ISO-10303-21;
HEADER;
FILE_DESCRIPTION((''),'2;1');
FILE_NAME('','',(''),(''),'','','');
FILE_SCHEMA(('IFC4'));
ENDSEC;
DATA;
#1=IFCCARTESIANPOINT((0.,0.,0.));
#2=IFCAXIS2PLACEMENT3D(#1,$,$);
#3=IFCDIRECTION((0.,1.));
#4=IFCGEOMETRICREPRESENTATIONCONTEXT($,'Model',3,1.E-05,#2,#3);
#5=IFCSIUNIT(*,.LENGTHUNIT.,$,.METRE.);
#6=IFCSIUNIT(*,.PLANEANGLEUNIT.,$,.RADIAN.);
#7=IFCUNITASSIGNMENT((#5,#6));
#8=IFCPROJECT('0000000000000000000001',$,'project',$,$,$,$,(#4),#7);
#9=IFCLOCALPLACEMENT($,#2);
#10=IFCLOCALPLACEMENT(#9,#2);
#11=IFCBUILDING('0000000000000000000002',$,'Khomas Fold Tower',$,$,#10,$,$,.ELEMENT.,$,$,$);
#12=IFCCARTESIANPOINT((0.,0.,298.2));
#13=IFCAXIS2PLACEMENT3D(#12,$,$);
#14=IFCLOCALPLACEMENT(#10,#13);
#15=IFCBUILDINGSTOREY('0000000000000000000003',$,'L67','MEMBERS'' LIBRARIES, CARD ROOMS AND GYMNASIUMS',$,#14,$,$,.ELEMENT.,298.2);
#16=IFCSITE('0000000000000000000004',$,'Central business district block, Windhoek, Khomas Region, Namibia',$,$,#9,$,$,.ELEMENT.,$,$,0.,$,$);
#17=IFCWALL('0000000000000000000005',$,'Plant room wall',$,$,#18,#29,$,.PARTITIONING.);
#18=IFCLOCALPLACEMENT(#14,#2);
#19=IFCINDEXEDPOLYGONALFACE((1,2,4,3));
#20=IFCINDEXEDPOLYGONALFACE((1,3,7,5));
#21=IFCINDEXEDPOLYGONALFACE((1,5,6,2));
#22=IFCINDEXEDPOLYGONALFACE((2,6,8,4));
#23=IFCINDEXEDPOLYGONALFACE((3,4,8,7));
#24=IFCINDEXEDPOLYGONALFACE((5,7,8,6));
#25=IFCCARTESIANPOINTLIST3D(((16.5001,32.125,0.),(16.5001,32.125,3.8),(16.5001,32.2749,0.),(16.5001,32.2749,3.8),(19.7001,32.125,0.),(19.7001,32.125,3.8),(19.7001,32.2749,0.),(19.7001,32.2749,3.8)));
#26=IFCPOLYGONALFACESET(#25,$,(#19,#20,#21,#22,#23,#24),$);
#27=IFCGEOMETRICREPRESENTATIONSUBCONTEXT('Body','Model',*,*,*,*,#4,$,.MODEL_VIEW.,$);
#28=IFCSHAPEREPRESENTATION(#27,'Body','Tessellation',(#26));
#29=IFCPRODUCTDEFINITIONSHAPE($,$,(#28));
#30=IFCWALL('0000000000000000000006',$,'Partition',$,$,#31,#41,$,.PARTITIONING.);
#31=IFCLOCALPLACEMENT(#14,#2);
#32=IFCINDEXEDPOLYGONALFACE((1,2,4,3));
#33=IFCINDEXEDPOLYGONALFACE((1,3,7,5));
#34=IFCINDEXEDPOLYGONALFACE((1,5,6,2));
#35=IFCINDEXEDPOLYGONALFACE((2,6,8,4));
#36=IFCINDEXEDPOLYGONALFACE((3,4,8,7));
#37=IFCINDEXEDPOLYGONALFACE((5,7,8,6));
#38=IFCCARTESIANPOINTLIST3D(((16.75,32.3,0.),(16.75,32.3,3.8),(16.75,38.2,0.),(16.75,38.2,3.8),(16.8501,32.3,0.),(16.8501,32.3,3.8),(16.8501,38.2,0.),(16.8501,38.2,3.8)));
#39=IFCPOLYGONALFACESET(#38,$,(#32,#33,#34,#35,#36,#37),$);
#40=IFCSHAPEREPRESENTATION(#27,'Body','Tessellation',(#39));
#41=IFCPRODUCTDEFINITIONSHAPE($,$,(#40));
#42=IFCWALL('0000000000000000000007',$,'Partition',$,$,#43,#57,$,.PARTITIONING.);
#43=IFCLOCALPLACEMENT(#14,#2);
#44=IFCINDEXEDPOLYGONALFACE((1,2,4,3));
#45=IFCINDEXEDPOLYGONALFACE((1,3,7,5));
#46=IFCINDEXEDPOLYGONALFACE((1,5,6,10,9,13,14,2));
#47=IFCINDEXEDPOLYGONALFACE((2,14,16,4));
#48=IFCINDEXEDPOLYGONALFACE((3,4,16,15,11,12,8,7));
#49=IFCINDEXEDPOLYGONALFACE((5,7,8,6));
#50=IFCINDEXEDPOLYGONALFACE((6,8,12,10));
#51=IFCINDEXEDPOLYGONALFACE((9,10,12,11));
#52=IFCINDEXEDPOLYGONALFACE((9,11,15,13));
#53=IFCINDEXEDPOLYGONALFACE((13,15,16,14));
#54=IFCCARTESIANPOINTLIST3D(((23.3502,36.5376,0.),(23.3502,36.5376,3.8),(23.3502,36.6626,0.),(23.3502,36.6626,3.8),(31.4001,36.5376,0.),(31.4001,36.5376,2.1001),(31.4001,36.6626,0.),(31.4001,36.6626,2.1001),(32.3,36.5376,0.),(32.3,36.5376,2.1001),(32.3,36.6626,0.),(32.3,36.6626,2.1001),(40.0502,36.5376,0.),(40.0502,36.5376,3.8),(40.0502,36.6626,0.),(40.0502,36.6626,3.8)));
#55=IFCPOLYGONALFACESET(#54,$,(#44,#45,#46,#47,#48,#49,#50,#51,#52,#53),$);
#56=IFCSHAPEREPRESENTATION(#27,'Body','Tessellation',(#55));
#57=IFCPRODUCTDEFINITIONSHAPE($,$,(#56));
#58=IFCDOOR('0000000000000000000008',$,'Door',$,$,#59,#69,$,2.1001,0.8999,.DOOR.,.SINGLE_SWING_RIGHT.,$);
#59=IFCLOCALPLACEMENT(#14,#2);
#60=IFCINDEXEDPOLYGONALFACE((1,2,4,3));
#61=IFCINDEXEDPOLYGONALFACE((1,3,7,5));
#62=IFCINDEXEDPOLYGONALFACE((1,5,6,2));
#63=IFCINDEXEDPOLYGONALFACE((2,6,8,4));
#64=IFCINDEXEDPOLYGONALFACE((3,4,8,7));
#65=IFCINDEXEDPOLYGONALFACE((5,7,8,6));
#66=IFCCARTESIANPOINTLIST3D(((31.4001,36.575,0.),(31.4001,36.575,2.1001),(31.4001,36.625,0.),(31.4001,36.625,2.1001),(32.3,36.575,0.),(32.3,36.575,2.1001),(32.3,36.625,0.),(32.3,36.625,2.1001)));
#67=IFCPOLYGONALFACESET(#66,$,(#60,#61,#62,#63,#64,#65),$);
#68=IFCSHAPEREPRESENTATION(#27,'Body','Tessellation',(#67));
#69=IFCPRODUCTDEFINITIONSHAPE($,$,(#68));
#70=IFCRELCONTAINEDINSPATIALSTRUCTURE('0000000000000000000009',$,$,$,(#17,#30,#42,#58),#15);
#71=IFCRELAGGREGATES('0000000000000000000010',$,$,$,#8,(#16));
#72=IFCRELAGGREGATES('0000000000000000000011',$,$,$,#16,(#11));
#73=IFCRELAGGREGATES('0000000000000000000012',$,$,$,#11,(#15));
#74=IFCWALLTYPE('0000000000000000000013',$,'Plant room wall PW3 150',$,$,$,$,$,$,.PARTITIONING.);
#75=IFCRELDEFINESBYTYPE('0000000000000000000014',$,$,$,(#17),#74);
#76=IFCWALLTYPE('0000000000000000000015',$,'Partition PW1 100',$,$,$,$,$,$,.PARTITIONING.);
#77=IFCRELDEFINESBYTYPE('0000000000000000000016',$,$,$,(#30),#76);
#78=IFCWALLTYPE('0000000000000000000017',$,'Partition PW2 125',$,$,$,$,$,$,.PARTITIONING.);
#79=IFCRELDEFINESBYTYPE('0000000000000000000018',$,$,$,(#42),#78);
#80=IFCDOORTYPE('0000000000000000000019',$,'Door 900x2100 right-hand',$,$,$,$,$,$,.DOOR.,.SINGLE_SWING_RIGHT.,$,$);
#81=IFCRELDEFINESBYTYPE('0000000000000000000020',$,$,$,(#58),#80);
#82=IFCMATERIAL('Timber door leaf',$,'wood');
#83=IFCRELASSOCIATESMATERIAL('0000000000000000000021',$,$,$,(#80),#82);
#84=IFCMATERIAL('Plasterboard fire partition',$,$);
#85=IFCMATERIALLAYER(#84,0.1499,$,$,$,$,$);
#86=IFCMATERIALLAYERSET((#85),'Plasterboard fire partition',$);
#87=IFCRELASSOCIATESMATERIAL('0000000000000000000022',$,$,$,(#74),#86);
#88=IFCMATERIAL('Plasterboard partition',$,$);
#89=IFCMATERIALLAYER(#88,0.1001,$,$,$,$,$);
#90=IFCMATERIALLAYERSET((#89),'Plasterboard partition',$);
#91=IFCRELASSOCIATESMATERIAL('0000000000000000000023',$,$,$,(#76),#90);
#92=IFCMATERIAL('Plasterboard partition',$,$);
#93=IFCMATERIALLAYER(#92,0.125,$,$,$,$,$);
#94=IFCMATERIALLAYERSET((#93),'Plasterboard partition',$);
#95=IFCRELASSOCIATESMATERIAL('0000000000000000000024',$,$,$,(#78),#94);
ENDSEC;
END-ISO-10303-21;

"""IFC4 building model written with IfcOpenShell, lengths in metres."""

from ifc_helpers import new_model, si_unit, direction, frame, frame_2d, origin, place, context, subcontext, project, spatial, rectangle, extrude, source, transform, mapped, material, layer, layer_set, type_object, element, fill, save


model = new_model("IFC4")

# Units and contexts
model_context = context("Model", 3, precision=1e-05, world=origin(), true_north=direction((0.0, 1.0)))
body_context = subcontext(model_context, "Body", "Model", "MODEL_VIEW")
ifc_project = project(units=[si_unit("LENGTHUNIT", "METRE"), si_unit("PLANEANGLEUNIT", "RADIAN")], contexts=[model_context])

# Site, building, storey
site_placement = place(None, origin())
site = spatial("IfcSite", under=ifc_project, at=site_placement, Name="Central business district block, Windhoek, Khomas Region, Namibia", CompositionType="ELEMENT", RefElevation=0.0)
building_placement = place(site_placement, origin())
building = spatial("IfcBuilding", under=site, at=building_placement, Name="Khomas Fold Tower", CompositionType="ELEMENT")
storey_placement = place(building_placement, frame((0.0, 0.0, 298.2)))
storey = spatial("IfcBuildingStorey", under=building, at=storey_placement, Name="L67", Description="MEMBERS' LIBRARIES, CARD ROOMS AND GYMNASIUMS", CompositionType="ELEMENT", Elevation=298.2)

# Shared definitions
ifc_material_1 = material(Name="Timber door leaf", Category="wood")
door_type = type_object("IfcDoorType", Name="Door 900x2100 right-hand", OperationType="SINGLE_SWING_RIGHT", PredefinedType="DOOR", material=ifc_material_1)

# Walls
ifc_material_2 = material(Name="Plasterboard fire partition")
ifc_layer_1 = layer(ifc_material_2, 0.1499)
ifc_layer_set_1 = layer_set([ifc_layer_1], Name="Plasterboard fire partition")
wall_type_1 = type_object("IfcWallType", Name="Plant room wall PW3 150", PredefinedType="PARTITIONING", material=ifc_layer_set_1)
shared_shape_1 = source(origin(), body_context, "Body", "SweptSolid", [
    extrude(rectangle(XDim=3.2, YDim=0.1499, at=frame_2d((1.6001, 0.0))), origin(), (0.0, 0.0, 1.0), 3.8),
])
wall_1_placement = place(storey_placement, frame((16.5, 32.2, 0.0), z_axis=(0.0, 0.0, 1.0), x_axis=(1.0, 0.0, 0.0)))
element("IfcWall", 1, at=wall_1_placement, inside=storey, type_object=wall_type_1, Name="Plant room wall", PredefinedType="PARTITIONING", context=body_context, shape_type="MappedRepresentation", body=[
    mapped(shared_shape_1, transform((0.0, 0.0, 0.0))),
])
ifc_material_3 = material(Name="Plasterboard partition")
ifc_layer_2 = layer(ifc_material_3, 0.1001)
ifc_layer_set_2 = layer_set([ifc_layer_2], Name="Plasterboard partition")
wall_type_2 = type_object("IfcWallType", Name="Partition PW1 100", PredefinedType="PARTITIONING", material=ifc_layer_set_2)
shared_shape_2 = source(origin(), body_context, "Body", "SweptSolid", [
    extrude(rectangle(XDim=5.8999, YDim=0.1001, at=frame_2d((2.95, 0.0))), origin(), (0.0, 0.0, 1.0), 3.8),
])
wall_2_placement = place(storey_placement, frame((16.8, 32.3, 0.0), z_axis=(0.0, 0.0, 1.0), x_axis=(0.0, 1.0, 0.0)))
element("IfcWall", 2, at=wall_2_placement, inside=storey, type_object=wall_type_2, Name="Partition", PredefinedType="PARTITIONING", context=body_context, shape_type="MappedRepresentation", body=[
    mapped(shared_shape_2, transform((0.0, 0.0, 0.0))),
])

# Wall, opening, door
ifc_material_4 = material(Name="Plasterboard partition")
ifc_layer_3 = layer(ifc_material_4, 0.125)
ifc_layer_set_3 = layer_set([ifc_layer_3], Name="Plasterboard partition")
wall_type_3 = type_object("IfcWallType", Name="Partition PW2 125", PredefinedType="PARTITIONING", material=ifc_layer_set_3)
shared_shape_3 = source(origin(), body_context, "Body", "SweptSolid", [
    extrude(rectangle(XDim=16.7, YDim=0.125, at=frame_2d((8.3501, 0.0))), origin(), (0.0, 0.0, 1.0), 3.8),
])
wall_3_placement = place(storey_placement, frame((23.3501, 36.6001, 0.0), z_axis=(0.0, 0.0, 1.0), x_axis=(1.0, 0.0, 0.0)))
wall_3 = element("IfcWall", 3, at=wall_3_placement, inside=storey, type_object=wall_type_3, Name="Partition", PredefinedType="PARTITIONING", context=body_context, shape_type="MappedRepresentation", body=[
    mapped(shared_shape_3, transform((0.0, 0.0, 0.0))),
])
shared_shape_4 = source(origin(), body_context, "Body", "SweptSolid", [
    extrude(rectangle(XDim=0.8999, YDim=2.1001, at=frame_2d((0.45, 1.05))), frame((0.0, 0.0725, 0.0), z_axis=(0.0, -1.0, 0.0), x_axis=(1.0, 0.0, 0.0)), (0.0, 0.0, 1.0), 0.145),
])
opening_1_placement = place(wall_3_placement, frame((8.05, 0.0, 0.0)))
opening_1 = element("IfcOpeningElement", 4, at=opening_1_placement, cuts=wall_3, PredefinedType="OPENING", context=body_context, shape_type="MappedRepresentation", body=[
    mapped(shared_shape_4, transform((0.0, 0.0, 0.0))),
])
shared_shape_5 = source(origin(), body_context, "Body", "SweptSolid", [
    extrude(rectangle(XDim=0.8999, YDim=2.1001, at=frame_2d((0.45, 1.05))), frame((0.0, 0.0249, 0.0), z_axis=(0.0, -1.0, 0.0), x_axis=(1.0, 0.0, 0.0)), (0.0, 0.0, 1.0), 0.05),
])
door_1_placement = place(opening_1_placement, origin())
door_1 = element("IfcDoor", 5, at=door_1_placement, inside=storey, type_object=door_type, Name="Door", OperationType="SINGLE_SWING_RIGHT", OverallHeight=2.1001, OverallWidth=0.8999, PredefinedType="DOOR", context=body_context, shape_type="MappedRepresentation", body=[
    mapped(shared_shape_5, transform((0.0, 0.0, 0.0))),
])
fill(opening_1, door_1)

save(model, "model.ifc")
